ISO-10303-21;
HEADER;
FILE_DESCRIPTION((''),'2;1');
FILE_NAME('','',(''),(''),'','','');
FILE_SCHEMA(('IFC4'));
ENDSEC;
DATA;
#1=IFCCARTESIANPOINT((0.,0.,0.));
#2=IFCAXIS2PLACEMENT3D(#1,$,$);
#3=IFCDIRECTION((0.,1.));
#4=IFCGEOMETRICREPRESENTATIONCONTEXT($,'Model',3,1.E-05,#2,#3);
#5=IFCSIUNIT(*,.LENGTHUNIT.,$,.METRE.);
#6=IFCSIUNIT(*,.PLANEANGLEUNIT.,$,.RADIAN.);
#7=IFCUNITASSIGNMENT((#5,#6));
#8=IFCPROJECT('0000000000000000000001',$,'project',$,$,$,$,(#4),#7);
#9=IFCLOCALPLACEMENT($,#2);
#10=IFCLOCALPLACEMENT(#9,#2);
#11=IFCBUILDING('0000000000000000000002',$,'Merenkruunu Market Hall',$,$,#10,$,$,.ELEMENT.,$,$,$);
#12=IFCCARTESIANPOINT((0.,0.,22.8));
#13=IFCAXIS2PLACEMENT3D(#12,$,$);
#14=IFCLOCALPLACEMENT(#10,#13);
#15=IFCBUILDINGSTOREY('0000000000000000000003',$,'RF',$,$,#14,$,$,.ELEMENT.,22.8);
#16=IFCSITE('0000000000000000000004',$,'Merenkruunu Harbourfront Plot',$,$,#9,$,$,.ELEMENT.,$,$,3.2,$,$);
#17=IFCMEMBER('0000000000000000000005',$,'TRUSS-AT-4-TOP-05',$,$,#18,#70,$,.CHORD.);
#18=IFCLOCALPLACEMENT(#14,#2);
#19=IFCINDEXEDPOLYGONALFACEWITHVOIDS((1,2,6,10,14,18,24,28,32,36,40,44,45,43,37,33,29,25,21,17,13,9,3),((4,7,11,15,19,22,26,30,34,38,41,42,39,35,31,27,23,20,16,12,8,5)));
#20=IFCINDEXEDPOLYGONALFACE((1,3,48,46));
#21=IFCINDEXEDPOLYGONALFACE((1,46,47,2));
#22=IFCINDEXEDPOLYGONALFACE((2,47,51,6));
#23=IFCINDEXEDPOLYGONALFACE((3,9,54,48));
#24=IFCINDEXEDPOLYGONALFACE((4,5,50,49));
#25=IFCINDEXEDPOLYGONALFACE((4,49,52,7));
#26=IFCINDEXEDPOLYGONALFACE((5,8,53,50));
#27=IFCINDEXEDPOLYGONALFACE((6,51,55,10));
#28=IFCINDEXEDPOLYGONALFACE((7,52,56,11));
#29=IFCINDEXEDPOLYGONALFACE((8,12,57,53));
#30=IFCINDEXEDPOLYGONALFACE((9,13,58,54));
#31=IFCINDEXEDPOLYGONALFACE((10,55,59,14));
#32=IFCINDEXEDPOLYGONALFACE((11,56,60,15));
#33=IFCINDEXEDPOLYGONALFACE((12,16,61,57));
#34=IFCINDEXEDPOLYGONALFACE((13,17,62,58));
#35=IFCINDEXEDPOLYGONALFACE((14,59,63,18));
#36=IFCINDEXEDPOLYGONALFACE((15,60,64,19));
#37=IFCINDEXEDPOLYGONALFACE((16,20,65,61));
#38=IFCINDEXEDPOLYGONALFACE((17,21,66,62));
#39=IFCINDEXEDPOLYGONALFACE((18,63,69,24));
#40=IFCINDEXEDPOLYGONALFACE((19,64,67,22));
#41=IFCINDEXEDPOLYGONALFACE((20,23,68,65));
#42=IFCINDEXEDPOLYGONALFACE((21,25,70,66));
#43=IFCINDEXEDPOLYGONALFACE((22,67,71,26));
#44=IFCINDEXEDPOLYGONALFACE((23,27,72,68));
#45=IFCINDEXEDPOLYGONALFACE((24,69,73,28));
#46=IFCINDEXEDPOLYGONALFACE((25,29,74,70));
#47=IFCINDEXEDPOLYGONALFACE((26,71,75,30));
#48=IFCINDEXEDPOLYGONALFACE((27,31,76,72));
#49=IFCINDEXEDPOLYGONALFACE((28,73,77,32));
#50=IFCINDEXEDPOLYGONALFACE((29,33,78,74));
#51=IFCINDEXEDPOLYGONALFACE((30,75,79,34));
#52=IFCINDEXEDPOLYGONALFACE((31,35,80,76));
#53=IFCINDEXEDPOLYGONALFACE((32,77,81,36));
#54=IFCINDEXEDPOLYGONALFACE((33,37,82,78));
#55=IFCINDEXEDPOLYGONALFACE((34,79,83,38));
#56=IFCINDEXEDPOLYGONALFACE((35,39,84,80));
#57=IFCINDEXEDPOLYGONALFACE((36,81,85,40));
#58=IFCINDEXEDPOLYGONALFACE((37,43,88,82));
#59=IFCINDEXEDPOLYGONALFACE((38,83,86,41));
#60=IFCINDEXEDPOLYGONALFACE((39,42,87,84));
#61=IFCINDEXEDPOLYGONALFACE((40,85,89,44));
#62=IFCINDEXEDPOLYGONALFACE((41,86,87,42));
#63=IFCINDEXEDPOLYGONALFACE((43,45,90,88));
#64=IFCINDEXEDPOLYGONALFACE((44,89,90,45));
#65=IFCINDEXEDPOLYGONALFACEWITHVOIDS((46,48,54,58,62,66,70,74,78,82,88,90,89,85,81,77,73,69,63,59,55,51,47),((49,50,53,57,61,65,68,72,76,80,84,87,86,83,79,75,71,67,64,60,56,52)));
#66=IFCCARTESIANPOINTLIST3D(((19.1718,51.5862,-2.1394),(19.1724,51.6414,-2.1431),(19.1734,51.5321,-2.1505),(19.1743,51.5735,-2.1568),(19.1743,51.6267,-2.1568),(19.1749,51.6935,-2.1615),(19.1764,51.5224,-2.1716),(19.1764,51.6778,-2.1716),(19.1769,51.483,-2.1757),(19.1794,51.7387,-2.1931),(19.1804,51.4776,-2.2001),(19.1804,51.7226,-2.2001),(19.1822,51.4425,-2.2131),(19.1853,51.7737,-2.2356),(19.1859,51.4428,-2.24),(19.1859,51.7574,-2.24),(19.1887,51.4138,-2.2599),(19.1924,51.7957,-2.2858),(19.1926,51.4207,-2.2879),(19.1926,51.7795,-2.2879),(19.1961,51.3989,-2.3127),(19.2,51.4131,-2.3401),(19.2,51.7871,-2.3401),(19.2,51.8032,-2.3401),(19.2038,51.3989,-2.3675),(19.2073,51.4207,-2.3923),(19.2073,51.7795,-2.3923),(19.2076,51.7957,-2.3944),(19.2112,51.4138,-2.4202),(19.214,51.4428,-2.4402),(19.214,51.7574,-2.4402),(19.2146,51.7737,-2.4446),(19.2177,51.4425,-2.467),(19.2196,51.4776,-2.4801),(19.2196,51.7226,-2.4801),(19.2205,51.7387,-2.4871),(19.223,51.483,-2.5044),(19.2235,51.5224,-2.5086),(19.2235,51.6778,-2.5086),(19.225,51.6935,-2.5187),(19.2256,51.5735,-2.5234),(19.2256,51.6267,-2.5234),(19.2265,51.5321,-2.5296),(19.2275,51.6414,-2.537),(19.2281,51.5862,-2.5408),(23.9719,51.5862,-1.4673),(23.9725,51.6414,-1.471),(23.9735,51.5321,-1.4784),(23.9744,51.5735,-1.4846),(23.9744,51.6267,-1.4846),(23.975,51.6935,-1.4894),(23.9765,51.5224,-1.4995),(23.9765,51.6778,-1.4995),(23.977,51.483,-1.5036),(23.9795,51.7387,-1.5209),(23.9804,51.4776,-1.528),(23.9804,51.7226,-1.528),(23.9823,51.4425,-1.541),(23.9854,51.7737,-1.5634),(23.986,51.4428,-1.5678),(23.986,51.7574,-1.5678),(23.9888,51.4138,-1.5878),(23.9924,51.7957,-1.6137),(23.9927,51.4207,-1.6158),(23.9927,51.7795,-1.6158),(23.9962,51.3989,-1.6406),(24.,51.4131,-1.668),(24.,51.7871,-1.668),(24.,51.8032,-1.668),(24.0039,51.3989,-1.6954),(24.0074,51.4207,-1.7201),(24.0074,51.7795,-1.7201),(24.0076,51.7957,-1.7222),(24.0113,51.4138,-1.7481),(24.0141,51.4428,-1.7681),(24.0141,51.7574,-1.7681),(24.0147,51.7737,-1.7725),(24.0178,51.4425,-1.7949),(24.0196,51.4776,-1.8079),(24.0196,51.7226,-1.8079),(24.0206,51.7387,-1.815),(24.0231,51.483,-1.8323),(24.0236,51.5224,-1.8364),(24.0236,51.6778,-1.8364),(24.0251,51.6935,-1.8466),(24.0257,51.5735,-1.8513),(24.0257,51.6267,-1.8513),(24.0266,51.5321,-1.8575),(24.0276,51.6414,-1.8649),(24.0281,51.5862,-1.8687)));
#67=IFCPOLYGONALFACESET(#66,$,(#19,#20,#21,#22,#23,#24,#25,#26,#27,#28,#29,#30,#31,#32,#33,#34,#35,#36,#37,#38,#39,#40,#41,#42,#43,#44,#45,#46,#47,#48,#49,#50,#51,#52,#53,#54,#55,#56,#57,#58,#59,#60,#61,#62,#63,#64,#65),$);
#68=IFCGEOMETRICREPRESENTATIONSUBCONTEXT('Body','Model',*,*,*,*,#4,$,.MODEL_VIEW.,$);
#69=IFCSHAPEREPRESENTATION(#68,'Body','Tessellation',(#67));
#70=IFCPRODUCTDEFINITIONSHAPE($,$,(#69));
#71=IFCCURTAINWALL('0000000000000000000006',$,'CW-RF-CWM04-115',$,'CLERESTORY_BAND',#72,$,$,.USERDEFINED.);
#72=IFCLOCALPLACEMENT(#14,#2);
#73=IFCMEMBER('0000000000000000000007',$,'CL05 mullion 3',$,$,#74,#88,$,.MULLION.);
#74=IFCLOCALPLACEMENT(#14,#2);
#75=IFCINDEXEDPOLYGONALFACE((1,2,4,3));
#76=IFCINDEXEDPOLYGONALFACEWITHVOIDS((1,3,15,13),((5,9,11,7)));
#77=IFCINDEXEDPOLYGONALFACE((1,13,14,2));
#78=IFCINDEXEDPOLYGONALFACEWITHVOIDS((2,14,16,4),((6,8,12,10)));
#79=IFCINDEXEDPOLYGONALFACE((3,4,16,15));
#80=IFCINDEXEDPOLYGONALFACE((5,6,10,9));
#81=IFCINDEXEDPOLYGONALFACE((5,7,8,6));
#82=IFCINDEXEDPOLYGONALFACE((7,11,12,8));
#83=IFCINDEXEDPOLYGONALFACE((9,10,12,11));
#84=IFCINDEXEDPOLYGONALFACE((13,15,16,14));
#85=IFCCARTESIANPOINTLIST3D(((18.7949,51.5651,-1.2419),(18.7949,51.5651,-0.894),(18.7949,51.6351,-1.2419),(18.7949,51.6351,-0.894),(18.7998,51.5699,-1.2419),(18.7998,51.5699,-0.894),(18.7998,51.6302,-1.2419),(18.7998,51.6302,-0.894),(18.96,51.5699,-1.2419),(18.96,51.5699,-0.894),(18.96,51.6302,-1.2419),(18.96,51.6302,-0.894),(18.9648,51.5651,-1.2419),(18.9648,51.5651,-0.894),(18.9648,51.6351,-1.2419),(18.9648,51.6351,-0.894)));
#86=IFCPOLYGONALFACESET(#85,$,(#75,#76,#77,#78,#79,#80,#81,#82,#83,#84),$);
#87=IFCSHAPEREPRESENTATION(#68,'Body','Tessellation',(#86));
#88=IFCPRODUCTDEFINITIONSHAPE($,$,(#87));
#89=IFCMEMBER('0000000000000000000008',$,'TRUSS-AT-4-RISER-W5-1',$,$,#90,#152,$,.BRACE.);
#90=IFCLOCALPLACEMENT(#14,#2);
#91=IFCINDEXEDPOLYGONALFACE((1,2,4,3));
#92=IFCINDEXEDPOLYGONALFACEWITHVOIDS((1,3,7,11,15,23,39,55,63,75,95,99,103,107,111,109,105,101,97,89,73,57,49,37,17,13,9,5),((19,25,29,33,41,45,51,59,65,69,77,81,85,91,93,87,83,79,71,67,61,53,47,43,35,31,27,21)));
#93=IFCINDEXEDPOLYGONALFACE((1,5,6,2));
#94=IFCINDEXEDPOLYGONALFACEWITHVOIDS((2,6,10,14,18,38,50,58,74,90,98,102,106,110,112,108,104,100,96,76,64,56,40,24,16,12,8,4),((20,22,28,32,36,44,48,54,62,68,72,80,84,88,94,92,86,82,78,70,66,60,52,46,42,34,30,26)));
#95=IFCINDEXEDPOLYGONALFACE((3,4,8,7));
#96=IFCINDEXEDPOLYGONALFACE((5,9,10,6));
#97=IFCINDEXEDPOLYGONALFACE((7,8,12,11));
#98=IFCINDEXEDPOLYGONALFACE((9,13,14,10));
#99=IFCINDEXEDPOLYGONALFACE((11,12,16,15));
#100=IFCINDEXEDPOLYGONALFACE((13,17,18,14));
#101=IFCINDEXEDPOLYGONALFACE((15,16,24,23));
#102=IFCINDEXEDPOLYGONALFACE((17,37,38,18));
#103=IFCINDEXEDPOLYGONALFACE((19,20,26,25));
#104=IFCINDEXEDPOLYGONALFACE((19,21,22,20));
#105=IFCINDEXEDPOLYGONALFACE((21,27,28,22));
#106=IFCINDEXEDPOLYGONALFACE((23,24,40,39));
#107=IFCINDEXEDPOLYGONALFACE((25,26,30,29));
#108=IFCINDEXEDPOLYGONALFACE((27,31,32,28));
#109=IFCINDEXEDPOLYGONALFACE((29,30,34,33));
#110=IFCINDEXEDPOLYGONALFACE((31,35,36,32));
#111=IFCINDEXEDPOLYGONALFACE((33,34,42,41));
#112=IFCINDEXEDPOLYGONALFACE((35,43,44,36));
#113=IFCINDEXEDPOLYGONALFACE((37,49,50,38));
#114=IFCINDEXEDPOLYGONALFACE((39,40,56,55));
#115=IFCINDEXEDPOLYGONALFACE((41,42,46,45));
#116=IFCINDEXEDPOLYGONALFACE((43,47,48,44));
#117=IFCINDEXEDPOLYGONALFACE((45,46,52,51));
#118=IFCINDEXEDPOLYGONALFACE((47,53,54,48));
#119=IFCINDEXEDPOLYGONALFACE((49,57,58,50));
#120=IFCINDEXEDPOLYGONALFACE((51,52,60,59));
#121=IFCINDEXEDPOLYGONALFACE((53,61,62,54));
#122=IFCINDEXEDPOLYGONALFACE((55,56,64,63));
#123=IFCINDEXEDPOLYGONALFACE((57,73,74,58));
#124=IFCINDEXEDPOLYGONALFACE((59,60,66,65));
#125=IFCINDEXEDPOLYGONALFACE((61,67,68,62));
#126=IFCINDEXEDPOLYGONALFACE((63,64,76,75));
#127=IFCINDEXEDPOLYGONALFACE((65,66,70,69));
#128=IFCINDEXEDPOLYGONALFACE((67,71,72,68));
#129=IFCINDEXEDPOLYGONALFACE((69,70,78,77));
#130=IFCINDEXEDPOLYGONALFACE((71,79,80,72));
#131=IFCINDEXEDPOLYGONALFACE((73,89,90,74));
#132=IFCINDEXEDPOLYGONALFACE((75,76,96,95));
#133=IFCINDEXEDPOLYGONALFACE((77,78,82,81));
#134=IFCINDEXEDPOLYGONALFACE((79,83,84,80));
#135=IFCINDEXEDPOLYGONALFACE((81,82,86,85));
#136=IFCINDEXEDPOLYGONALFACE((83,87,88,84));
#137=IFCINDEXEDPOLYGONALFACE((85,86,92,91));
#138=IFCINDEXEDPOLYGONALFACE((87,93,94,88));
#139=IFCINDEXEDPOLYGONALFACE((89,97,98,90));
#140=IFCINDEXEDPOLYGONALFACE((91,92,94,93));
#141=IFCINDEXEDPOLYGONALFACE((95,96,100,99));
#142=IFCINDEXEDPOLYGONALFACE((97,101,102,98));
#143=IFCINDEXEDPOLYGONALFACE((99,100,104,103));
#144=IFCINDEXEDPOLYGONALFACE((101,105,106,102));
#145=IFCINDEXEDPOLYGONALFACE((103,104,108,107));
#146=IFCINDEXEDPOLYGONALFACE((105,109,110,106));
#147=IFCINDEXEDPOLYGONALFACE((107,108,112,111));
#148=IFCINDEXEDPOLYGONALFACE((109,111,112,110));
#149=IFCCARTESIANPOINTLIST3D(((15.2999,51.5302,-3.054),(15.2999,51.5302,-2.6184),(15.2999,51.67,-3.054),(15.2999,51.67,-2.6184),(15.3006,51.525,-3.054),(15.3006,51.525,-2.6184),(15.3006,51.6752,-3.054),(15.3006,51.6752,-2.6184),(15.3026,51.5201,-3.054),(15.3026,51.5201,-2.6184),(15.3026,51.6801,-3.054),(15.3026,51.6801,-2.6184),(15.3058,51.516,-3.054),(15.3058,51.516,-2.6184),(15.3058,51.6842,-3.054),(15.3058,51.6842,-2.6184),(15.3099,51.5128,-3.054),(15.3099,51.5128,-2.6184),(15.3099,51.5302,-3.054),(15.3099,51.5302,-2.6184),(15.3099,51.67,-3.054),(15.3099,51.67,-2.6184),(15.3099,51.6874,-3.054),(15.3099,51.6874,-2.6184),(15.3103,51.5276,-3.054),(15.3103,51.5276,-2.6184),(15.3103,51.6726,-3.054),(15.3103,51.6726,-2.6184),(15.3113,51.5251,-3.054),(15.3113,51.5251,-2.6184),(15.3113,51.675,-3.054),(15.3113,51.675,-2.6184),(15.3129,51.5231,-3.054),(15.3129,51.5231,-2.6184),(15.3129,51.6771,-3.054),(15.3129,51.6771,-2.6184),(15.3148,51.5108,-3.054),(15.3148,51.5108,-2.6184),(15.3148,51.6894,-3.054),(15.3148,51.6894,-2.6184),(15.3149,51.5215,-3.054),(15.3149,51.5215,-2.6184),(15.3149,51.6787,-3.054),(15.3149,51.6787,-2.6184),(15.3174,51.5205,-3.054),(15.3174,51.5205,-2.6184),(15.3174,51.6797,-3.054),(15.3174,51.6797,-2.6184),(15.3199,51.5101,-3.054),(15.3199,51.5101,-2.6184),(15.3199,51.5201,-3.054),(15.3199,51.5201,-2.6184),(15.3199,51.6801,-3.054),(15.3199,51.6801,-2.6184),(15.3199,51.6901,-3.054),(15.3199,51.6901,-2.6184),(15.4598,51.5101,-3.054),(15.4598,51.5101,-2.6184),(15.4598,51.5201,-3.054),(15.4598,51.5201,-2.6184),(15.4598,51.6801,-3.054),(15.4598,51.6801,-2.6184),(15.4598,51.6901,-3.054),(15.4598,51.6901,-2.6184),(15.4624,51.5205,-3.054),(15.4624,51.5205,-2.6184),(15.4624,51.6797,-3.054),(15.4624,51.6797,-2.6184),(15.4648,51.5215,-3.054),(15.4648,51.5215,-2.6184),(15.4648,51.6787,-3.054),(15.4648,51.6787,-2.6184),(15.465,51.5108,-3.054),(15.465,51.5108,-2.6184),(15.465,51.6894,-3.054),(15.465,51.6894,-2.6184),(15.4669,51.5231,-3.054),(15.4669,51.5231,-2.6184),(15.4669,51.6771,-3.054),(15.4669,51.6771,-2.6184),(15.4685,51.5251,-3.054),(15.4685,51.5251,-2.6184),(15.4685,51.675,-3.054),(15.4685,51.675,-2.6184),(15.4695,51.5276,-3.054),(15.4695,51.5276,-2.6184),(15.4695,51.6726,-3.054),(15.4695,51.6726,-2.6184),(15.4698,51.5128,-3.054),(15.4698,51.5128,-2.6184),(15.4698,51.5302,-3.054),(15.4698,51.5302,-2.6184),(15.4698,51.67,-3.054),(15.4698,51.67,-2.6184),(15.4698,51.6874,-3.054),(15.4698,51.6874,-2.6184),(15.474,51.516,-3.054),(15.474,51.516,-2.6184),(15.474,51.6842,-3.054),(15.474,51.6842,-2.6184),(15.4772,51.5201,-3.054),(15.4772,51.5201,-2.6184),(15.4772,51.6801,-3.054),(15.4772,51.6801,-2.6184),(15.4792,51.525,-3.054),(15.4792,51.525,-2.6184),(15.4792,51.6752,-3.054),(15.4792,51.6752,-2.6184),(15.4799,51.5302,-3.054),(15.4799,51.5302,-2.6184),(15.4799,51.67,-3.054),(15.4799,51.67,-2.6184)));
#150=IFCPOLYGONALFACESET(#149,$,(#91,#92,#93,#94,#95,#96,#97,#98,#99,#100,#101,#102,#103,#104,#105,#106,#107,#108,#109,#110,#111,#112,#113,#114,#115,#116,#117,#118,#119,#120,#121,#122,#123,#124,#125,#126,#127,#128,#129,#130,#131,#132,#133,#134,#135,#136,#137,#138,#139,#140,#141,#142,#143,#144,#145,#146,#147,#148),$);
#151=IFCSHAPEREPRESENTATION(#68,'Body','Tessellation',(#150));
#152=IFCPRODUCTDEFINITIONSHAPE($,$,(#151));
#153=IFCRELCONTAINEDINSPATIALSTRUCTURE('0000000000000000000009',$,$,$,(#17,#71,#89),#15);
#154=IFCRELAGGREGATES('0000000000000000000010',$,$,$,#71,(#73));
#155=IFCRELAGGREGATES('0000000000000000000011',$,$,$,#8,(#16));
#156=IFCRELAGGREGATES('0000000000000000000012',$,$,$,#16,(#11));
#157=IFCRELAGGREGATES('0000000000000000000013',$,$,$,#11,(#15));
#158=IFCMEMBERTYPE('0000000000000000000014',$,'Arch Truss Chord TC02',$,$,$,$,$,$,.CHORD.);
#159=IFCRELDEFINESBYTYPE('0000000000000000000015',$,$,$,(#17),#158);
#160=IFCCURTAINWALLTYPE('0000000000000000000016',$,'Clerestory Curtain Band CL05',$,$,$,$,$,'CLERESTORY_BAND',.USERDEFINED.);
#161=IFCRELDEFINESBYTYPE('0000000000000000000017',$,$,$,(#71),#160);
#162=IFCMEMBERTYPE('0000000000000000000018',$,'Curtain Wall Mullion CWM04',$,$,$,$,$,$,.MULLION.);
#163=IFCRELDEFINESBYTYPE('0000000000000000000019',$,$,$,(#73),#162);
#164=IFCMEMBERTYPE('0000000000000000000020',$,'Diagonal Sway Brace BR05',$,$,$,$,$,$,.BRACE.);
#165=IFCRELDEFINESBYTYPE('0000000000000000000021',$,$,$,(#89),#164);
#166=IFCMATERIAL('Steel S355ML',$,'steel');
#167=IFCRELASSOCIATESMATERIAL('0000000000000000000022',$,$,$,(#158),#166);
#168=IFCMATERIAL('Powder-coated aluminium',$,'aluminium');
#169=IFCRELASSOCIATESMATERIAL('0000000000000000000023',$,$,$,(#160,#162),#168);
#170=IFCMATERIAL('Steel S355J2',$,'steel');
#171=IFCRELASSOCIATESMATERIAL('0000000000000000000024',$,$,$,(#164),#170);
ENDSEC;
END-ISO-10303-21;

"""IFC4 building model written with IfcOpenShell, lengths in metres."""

from ifc_helpers import new_model, si_unit, direction, frame, origin, origin_2d, place, context, subcontext, project, spatial, hollow_rectangle, hollow_circle, extrude, material, material_profile, profile_set, type_object, element, aggregate, save


model = new_model("IFC4")

# Units and contexts
model_context = context("Model", 3, precision=1e-05, world=origin(), true_north=direction((0.0, 1.0)))
body_context = subcontext(model_context, "Body", "Model", "MODEL_VIEW")
ifc_project = project(units=[si_unit("LENGTHUNIT", "METRE"), si_unit("PLANEANGLEUNIT", "RADIAN")], contexts=[model_context])

# Site, building, storey
site_placement = place(None, origin())
site = spatial("IfcSite", under=ifc_project, at=site_placement, Name="Merenkruunu Harbourfront Plot", CompositionType="ELEMENT", RefElevation=3.2)
building_placement = place(site_placement, origin())
building = spatial("IfcBuilding", under=site, at=building_placement, Name="Merenkruunu Market Hall", CompositionType="ELEMENT")
storey_placement = place(building_placement, frame((0.0, 0.0, 22.8)))
storey = spatial("IfcBuildingStorey", under=building, at=storey_placement, Name="RF", CompositionType="ELEMENT", Elevation=22.8)

# Member
ifc_material_1 = material(Name="Steel S355ML", Category="steel")
ifc_material_profile_1 = material_profile(ifc_material_1, hollow_circle(Radius=0.2031, WallThickness=0.0161, at=origin_2d()), Name="CHS 406.4x16")
ifc_profile_set_1 = profile_set([ifc_material_profile_1], Name="Steel S355ML")
member_type_1 = type_object("IfcMemberType", Name="Arch Truss Chord TC02", PredefinedType="CHORD", material=ifc_profile_set_1)
member_1_placement = place(storey_placement, frame((19.2, 51.6001, -2.3401), z_axis=(0.990339, 0.0, 0.138671), x_axis=(0.0, 1.0, 0.0)))
element("IfcMember", 1, at=member_1_placement, inside=storey, type_object=member_type_1, Name="TRUSS-AT-4-TOP-05", PredefinedType="CHORD", context=body_context, shape_type="SweptSolid", body=[
    extrude(hollow_circle(Radius=0.2031, WallThickness=0.0161, at=origin_2d()), origin(), (0.0, 0.0, 1.0), 4.8469),
])

# Curtain wall, member
ifc_material_2 = material(Name="Powder-coated aluminium", Category="aluminium")
curtain_wall_type = type_object("IfcCurtainWallType", Name="Clerestory Curtain Band CL05", ElementType="CLERESTORY_BAND", PredefinedType="USERDEFINED", material=ifc_material_2)
curtain_wall_placement = place(storey_placement, origin())
curtain_wall = element("IfcCurtainWall", 2, at=curtain_wall_placement, inside=storey, type_object=curtain_wall_type, Name="CW-RF-CWM04-115", ObjectType="CLERESTORY_BAND", PredefinedType="USERDEFINED")
ifc_material_profile_2 = material_profile(ifc_material_2, hollow_rectangle(XDim=0.0701, YDim=0.1699, WallThickness=0.0049, at=origin_2d()), Name="ALU 70x170x5")
ifc_profile_set_2 = profile_set([ifc_material_profile_2], Name="Powder-coated aluminium")
member_type_2 = type_object("IfcMemberType", Name="Curtain Wall Mullion CWM04", PredefinedType="MULLION", material=ifc_profile_set_2)
member_2_placement = place(storey_placement, frame((18.8799, 51.6001, -1.2419), z_axis=(0.0, 0.0, 1.0), x_axis=(0.0, 1.0, 0.0)))
member_2 = element("IfcMember", 3, at=member_2_placement, type_object=member_type_2, Name="CL05 mullion 3", PredefinedType="MULLION", context=body_context, shape_type="SweptSolid", body=[
    extrude(hollow_rectangle(XDim=0.0701, YDim=0.1699, WallThickness=0.0049, at=origin_2d()), origin(), (0.0, 0.0, 1.0), 0.3479),
])

# Member
ifc_material_3 = material(Name="Steel S355J2", Category="steel")
ifc_material_profile_3 = material_profile(ifc_material_3, hollow_rectangle(XDim=0.1799, YDim=0.1799, WallThickness=0.01, InnerFilletRadius=0.01, OuterFilletRadius=0.02, at=origin_2d()), Name="SHS 180x180x10")
ifc_profile_set_3 = profile_set([ifc_material_profile_3], Name="Steel S355J2")
member_type_3 = type_object("IfcMemberType", Name="Diagonal Sway Brace BR05", PredefinedType="BRACE", material=ifc_profile_set_3)
member_3_placement = place(storey_placement, frame((15.3899, 51.6001, -3.054), z_axis=(0.0, 0.0, 1.0), x_axis=(1.0, 0.0, 0.0)))
element("IfcMember", 4, at=member_3_placement, inside=storey, type_object=member_type_3, Name="TRUSS-AT-4-RISER-W5-1", PredefinedType="BRACE", context=body_context, shape_type="SweptSolid", body=[
    extrude(hollow_rectangle(XDim=0.1799, YDim=0.1799, WallThickness=0.01, InnerFilletRadius=0.01, OuterFilletRadius=0.02, at=origin_2d()), origin(), (0.0, 0.0, 1.0), 0.4355),
])

aggregate(curtain_wall, [member_2])

save(model, "model.ifc")
